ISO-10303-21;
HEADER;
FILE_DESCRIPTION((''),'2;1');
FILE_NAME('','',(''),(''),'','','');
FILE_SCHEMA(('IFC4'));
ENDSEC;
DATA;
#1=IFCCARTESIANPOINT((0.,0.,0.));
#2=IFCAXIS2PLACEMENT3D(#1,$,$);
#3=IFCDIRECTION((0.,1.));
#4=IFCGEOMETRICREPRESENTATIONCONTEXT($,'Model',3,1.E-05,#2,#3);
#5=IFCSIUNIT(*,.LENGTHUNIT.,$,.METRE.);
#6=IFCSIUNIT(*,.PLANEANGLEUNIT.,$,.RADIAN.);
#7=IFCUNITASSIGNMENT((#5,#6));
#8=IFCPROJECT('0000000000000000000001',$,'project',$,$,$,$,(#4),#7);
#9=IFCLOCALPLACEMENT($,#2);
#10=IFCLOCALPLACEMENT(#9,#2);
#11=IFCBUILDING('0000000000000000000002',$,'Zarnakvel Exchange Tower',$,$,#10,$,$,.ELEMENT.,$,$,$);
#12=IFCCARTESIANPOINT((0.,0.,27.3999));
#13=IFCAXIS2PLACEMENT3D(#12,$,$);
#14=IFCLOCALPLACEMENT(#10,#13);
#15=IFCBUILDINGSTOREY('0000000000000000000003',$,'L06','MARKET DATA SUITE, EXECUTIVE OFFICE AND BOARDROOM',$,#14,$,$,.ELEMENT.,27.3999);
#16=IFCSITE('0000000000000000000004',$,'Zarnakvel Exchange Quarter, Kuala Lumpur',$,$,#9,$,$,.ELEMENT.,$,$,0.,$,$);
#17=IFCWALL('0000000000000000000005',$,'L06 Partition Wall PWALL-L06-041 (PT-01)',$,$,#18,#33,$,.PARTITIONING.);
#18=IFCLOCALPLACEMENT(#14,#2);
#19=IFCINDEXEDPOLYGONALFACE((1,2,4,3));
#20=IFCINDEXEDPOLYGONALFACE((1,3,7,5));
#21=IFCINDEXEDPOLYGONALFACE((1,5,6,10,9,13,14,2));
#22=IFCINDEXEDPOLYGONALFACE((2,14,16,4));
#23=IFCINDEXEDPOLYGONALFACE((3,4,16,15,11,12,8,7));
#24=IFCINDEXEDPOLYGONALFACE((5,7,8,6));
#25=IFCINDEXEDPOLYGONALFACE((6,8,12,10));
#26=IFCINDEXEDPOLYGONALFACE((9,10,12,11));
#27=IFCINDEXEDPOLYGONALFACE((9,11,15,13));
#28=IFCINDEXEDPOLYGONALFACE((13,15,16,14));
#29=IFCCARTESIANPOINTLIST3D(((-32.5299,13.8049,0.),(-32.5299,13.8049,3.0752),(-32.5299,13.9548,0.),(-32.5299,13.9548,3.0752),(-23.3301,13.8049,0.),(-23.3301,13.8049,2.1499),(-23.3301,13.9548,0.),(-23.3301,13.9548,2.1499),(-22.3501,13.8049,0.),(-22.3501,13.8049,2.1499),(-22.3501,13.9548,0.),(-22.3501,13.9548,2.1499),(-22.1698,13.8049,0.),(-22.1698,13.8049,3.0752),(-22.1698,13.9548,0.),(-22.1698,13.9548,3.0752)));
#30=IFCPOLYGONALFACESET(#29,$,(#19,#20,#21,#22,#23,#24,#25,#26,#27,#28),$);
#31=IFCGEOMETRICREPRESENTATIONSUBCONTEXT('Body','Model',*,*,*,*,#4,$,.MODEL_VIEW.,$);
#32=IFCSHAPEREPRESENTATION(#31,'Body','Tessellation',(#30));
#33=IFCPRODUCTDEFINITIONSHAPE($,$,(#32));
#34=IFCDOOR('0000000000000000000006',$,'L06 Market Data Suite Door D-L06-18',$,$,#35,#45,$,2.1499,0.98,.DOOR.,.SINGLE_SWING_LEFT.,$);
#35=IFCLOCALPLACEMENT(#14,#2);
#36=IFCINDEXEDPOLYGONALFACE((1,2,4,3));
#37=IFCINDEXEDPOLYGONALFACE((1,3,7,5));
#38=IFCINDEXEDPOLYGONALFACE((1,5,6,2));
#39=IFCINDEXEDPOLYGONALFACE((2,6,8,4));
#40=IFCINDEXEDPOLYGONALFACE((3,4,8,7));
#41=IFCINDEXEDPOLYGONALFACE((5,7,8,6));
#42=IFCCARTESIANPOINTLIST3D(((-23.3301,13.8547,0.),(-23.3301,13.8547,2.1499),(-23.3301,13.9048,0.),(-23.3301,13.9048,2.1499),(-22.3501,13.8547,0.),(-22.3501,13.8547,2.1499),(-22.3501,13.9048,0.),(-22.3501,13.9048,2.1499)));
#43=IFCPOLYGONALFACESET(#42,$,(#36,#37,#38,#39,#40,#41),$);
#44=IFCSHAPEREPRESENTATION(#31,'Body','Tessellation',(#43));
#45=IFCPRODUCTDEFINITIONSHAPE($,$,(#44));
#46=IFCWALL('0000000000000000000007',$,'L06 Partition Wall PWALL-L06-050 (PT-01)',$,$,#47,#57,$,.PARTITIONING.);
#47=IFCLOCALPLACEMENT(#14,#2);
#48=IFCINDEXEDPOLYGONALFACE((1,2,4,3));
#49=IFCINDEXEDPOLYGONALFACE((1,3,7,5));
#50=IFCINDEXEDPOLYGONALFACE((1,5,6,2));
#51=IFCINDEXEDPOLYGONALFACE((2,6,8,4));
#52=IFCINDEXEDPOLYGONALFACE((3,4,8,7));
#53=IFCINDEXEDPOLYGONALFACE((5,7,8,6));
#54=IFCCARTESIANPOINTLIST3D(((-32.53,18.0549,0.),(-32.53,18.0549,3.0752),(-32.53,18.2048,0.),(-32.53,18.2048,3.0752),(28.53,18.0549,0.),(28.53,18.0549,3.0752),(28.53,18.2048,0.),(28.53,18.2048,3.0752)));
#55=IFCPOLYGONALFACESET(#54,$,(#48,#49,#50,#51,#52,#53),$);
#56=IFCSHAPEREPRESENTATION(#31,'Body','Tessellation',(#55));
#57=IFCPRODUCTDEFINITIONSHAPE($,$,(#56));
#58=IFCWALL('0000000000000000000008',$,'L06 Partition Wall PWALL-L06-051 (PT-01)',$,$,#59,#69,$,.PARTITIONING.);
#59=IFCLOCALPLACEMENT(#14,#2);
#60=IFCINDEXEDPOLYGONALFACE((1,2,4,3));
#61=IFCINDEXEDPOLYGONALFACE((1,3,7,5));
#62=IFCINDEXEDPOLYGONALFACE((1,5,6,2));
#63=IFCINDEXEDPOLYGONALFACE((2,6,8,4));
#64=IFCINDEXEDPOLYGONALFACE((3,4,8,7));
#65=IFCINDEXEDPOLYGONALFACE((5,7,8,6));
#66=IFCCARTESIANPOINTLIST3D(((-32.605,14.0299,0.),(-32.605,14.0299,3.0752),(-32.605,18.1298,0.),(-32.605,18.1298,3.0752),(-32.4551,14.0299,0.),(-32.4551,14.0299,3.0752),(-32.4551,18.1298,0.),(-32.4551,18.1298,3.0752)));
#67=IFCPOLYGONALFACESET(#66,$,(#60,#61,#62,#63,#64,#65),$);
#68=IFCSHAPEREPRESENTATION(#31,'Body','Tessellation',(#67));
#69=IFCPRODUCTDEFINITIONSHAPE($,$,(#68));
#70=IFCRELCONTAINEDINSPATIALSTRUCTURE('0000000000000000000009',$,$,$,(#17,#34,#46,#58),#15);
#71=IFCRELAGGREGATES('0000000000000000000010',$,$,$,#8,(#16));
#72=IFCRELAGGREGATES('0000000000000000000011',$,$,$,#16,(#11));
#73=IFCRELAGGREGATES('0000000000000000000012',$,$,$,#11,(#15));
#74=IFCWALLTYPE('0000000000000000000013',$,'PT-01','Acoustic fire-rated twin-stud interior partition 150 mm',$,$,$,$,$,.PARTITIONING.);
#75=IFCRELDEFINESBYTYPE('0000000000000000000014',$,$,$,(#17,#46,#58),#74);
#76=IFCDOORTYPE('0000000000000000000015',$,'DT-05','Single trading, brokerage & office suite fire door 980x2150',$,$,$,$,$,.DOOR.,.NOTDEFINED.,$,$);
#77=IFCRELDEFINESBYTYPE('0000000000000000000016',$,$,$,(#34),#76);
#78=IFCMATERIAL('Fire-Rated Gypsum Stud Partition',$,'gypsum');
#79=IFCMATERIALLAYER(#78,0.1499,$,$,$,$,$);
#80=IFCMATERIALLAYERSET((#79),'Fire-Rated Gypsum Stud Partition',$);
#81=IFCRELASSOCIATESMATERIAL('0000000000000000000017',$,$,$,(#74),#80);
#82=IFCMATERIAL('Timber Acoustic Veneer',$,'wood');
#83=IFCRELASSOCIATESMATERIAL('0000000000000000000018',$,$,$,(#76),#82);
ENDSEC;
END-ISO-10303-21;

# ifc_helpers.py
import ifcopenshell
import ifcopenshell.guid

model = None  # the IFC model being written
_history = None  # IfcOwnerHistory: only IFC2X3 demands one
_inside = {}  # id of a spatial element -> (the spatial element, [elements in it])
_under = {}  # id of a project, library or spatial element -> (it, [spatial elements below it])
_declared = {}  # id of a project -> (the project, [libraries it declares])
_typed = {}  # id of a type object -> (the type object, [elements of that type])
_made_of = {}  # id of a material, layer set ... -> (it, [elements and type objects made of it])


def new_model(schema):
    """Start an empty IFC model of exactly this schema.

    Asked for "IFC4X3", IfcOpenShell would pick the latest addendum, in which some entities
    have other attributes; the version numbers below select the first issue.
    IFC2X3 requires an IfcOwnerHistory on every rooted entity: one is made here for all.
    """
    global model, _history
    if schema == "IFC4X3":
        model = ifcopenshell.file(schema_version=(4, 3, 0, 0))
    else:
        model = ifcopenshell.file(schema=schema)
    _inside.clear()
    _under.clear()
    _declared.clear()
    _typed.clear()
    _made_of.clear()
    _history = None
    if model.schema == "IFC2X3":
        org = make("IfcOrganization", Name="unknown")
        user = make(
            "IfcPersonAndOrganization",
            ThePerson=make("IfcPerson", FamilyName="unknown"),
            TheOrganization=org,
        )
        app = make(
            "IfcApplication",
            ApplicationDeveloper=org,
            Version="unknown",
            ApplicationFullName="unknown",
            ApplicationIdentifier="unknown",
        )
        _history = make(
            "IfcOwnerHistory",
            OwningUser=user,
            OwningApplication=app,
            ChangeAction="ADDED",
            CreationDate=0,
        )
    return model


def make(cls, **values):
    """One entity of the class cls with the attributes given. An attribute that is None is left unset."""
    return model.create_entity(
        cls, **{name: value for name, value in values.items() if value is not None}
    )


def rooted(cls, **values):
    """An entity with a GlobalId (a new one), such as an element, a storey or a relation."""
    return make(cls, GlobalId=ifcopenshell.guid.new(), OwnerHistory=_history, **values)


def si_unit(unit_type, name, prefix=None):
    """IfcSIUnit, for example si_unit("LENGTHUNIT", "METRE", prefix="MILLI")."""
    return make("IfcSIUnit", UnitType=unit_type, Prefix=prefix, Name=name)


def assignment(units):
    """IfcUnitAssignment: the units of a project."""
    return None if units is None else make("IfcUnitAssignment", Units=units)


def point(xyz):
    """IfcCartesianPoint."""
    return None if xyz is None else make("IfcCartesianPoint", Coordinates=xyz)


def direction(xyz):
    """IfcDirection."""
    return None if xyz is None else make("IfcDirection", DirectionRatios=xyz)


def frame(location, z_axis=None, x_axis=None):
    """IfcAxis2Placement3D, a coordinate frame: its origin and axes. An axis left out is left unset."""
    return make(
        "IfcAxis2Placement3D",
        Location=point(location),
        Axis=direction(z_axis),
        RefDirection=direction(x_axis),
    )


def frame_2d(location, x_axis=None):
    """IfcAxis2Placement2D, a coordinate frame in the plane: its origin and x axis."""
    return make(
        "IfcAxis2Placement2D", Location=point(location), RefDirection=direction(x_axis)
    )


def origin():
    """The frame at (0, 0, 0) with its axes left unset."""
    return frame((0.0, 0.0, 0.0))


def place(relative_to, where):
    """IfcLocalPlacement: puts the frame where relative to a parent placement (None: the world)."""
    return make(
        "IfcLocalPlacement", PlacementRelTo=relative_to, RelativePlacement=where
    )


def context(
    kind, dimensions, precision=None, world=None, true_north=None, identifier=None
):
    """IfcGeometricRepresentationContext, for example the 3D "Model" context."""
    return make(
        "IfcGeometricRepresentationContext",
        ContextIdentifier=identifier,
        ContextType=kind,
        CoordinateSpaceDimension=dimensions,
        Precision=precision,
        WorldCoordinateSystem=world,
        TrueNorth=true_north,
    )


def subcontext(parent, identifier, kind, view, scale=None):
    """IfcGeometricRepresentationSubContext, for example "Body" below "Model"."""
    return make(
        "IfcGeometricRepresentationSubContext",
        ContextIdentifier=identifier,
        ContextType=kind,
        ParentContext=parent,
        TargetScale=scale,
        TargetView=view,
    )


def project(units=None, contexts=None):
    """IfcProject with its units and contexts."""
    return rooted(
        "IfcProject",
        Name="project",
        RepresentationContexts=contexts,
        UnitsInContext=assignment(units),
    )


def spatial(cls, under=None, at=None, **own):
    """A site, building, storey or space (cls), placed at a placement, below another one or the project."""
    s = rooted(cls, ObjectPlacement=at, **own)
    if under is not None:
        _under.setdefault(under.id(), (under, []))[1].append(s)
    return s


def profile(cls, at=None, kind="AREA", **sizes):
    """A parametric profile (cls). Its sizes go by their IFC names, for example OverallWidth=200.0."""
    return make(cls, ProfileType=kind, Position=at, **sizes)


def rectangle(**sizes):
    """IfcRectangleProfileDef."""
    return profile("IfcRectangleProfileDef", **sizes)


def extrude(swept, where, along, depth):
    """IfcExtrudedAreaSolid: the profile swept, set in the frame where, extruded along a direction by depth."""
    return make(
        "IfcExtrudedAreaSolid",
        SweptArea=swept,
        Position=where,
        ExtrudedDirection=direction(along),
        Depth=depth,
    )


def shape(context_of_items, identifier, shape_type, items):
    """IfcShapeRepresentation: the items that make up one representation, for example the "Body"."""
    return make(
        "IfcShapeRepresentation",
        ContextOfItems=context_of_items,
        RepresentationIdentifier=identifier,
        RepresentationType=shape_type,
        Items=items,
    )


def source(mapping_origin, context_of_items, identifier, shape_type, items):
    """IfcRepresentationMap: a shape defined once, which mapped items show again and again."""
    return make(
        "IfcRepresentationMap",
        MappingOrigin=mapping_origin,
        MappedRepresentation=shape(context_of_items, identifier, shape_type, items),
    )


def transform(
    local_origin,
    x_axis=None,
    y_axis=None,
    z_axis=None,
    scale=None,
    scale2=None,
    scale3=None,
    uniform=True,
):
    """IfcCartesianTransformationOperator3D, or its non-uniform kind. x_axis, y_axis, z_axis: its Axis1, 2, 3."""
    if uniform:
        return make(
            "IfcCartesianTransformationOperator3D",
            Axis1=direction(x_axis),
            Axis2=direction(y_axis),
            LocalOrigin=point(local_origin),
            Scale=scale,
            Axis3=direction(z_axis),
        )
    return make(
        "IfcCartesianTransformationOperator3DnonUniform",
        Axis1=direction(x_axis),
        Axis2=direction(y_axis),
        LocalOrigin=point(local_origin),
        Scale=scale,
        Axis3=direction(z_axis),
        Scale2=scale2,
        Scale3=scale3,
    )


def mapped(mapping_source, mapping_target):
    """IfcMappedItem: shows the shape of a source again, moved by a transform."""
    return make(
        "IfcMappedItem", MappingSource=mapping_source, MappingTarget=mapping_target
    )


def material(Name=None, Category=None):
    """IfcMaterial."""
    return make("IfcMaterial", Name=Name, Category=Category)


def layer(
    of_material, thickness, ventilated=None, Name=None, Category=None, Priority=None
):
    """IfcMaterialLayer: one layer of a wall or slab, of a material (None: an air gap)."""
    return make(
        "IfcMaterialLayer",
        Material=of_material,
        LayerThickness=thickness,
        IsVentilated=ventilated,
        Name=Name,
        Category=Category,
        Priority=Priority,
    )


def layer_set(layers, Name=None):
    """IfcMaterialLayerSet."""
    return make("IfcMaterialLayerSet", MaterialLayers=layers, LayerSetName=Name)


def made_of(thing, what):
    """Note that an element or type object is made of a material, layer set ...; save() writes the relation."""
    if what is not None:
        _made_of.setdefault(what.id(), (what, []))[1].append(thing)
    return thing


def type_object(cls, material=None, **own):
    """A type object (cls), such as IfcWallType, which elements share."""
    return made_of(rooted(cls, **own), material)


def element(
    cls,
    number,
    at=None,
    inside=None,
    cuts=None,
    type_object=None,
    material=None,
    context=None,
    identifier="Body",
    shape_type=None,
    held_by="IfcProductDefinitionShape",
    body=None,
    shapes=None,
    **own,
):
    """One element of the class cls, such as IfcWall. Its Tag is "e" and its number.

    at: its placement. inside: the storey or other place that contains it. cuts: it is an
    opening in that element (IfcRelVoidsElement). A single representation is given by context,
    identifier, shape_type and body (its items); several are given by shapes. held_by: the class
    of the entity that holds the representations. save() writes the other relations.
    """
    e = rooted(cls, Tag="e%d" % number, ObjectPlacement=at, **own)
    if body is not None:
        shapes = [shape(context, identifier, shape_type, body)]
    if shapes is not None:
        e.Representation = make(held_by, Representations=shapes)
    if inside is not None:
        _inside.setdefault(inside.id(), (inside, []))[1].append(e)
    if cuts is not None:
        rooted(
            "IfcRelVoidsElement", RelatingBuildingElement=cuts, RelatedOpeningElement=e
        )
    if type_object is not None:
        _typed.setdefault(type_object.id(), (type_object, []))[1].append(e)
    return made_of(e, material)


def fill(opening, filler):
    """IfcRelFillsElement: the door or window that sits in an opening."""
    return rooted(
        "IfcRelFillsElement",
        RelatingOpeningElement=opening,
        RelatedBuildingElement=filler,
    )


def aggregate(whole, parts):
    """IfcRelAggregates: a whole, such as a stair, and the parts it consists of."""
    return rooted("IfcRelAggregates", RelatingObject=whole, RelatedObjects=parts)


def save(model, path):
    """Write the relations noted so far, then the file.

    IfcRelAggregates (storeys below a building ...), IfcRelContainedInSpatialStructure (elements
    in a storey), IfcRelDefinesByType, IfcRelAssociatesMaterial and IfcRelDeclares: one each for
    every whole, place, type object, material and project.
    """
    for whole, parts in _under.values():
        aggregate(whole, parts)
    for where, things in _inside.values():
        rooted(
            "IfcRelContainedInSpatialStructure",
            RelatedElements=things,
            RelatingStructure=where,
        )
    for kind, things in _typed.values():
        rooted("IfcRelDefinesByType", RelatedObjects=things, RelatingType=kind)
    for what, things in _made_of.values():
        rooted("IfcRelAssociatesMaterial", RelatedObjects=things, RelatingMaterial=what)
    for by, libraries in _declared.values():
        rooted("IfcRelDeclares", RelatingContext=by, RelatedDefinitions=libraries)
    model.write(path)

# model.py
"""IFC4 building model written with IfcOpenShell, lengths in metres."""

from ifc_helpers import new_model, si_unit, direction, frame, frame_2d, origin, place, context, subcontext, project, spatial, rectangle, extrude, source, transform, mapped, material, layer, layer_set, type_object, element, fill, save


model = new_model("IFC4")

# Units and contexts
model_context = context("Model", 3, precision=1e-05, world=origin(), true_north=direction((0.0, 1.0)))
body_context = subcontext(model_context, "Body", "Model", "MODEL_VIEW")
ifc_project = project(units=[si_unit("LENGTHUNIT", "METRE"), si_unit("PLANEANGLEUNIT", "RADIAN")], contexts=[model_context])

# Site, building, storey
site_placement = place(None, origin())
site = spatial("IfcSite", under=ifc_project, at=site_placement, Name="Zarnakvel Exchange Quarter, Kuala Lumpur", CompositionType="ELEMENT", RefElevation=0.0)
building_placement = place(site_placement, origin())
building = spatial("IfcBuilding", under=site, at=building_placement, Name="Zarnakvel Exchange Tower", CompositionType="ELEMENT")
storey_placement = place(building_placement, frame((0.0, 0.0, 27.3999)))
storey = spatial("IfcBuildingStorey", under=building, at=storey_placement, Name="L06", Description="MARKET DATA SUITE, EXECUTIVE OFFICE AND BOARDROOM", CompositionType="ELEMENT", Elevation=27.3999)

# Wall, opening, door
ifc_material_1 = material(Name="Fire-Rated Gypsum Stud Partition", Category="gypsum")
ifc_layer_1 = layer(ifc_material_1, 0.1499)
ifc_layer_set_1 = layer_set([ifc_layer_1], Name="Fire-Rated Gypsum Stud Partition")
wall_type_1 = type_object("IfcWallType", Name="PT-01", Description="Acoustic fire-rated twin-stud interior partition 150 mm", PredefinedType="PARTITIONING", material=ifc_layer_set_1)
wall_1_placement = place(storey_placement, frame((-32.53, 13.8799, 0.0), z_axis=(0.0, 0.0, 1.0), x_axis=(1.0, 0.0, 0.0)))
wall_1 = element("IfcWall", 1, at=wall_1_placement, inside=storey, type_object=wall_type_1, Name="L06 Partition Wall PWALL-L06-041 (PT-01)", PredefinedType="PARTITIONING", context=body_context, shape_type="SweptSolid", body=[
    extrude(rectangle(XDim=10.3601, YDim=0.1499, at=frame_2d((5.1802, 0.0))), origin(), (0.0, 0.0, 1.0), 3.0752),
])
opening_placement = place(wall_1_placement, frame((9.2, 0.0, 0.0)))
opening = element("IfcOpeningElement", 2, at=opening_placement, cuts=wall_1, PredefinedType="OPENING", context=body_context, shape_type="SweptSolid", body=[
    extrude(rectangle(XDim=0.98, YDim=2.1499, at=frame_2d((0.49, 1.075))), frame((0.0, 0.085, 0.0), z_axis=(0.0, -1.0, 0.0), x_axis=(1.0, 0.0, 0.0)), (0.0, 0.0, 1.0), 0.1699),
])
ifc_material_2 = material(Name="Timber Acoustic Veneer", Category="wood")
door_type = type_object("IfcDoorType", Name="DT-05", Description="Single trading, brokerage & office suite fire door 980x2150", OperationType="NOTDEFINED", PredefinedType="DOOR", material=ifc_material_2)
shared_shape_1 = source(origin(), body_context, "Body", "SweptSolid", [
    extrude(rectangle(XDim=0.98, YDim=2.1499, at=frame_2d((0.49, 1.075))), frame((0.0, 0.0249, 0.0), z_axis=(0.0, -1.0, 0.0), x_axis=(1.0, 0.0, 0.0)), (0.0, 0.0, 1.0), 0.05),
])
door_placement = place(opening_placement, origin())
door = element("IfcDoor", 3, at=door_placement, inside=storey, type_object=door_type, Name="L06 Market Data Suite Door D-L06-18", OperationType="SINGLE_SWING_LEFT", OverallHeight=2.1499, OverallWidth=0.98, PredefinedType="DOOR", context=body_context, shape_type="MappedRepresentation", body=[
    mapped(shared_shape_1, transform((0.0, 0.0, 0.0), x_axis=(1.0, 0.0, 0.0), y_axis=(0.0, 1.0, 0.0), z_axis=(0.0, 0.0, 1.0), scale=1.0)),
])
fill(opening, door)

# Walls
wall_2_placement = place(storey_placement, frame((-32.53, 18.1299, 0.0), z_axis=(0.0, 0.0, 1.0), x_axis=(1.0, 0.0, 0.0)))
element("IfcWall", 4, at=wall_2_placement, inside=storey, type_object=wall_type_1, Name="L06 Partition Wall PWALL-L06-050 (PT-01)", PredefinedType="PARTITIONING", context=body_context, shape_type="SweptSolid", body=[
    extrude(rectangle(XDim=61.0601, YDim=0.1499, at=frame_2d((30.53, 0.0))), origin(), (0.0, 0.0, 1.0), 3.0752),
])
wall_3_placement = place(storey_placement, frame((-32.53, 14.03, 0.0), z_axis=(0.0, 0.0, 1.0), x_axis=(0.0, 1.0, 0.0)))
element("IfcWall", 5, at=wall_3_placement, inside=storey, type_object=wall_type_1, Name="L06 Partition Wall PWALL-L06-051 (PT-01)", PredefinedType="PARTITIONING", context=body_context, shape_type="SweptSolid", body=[
    extrude(rectangle(XDim=4.0999, YDim=0.1499, at=frame_2d((2.0498, 0.0))), origin(), (0.0, 0.0, 1.0), 3.0752),
])

save(model, "model.ifc")
